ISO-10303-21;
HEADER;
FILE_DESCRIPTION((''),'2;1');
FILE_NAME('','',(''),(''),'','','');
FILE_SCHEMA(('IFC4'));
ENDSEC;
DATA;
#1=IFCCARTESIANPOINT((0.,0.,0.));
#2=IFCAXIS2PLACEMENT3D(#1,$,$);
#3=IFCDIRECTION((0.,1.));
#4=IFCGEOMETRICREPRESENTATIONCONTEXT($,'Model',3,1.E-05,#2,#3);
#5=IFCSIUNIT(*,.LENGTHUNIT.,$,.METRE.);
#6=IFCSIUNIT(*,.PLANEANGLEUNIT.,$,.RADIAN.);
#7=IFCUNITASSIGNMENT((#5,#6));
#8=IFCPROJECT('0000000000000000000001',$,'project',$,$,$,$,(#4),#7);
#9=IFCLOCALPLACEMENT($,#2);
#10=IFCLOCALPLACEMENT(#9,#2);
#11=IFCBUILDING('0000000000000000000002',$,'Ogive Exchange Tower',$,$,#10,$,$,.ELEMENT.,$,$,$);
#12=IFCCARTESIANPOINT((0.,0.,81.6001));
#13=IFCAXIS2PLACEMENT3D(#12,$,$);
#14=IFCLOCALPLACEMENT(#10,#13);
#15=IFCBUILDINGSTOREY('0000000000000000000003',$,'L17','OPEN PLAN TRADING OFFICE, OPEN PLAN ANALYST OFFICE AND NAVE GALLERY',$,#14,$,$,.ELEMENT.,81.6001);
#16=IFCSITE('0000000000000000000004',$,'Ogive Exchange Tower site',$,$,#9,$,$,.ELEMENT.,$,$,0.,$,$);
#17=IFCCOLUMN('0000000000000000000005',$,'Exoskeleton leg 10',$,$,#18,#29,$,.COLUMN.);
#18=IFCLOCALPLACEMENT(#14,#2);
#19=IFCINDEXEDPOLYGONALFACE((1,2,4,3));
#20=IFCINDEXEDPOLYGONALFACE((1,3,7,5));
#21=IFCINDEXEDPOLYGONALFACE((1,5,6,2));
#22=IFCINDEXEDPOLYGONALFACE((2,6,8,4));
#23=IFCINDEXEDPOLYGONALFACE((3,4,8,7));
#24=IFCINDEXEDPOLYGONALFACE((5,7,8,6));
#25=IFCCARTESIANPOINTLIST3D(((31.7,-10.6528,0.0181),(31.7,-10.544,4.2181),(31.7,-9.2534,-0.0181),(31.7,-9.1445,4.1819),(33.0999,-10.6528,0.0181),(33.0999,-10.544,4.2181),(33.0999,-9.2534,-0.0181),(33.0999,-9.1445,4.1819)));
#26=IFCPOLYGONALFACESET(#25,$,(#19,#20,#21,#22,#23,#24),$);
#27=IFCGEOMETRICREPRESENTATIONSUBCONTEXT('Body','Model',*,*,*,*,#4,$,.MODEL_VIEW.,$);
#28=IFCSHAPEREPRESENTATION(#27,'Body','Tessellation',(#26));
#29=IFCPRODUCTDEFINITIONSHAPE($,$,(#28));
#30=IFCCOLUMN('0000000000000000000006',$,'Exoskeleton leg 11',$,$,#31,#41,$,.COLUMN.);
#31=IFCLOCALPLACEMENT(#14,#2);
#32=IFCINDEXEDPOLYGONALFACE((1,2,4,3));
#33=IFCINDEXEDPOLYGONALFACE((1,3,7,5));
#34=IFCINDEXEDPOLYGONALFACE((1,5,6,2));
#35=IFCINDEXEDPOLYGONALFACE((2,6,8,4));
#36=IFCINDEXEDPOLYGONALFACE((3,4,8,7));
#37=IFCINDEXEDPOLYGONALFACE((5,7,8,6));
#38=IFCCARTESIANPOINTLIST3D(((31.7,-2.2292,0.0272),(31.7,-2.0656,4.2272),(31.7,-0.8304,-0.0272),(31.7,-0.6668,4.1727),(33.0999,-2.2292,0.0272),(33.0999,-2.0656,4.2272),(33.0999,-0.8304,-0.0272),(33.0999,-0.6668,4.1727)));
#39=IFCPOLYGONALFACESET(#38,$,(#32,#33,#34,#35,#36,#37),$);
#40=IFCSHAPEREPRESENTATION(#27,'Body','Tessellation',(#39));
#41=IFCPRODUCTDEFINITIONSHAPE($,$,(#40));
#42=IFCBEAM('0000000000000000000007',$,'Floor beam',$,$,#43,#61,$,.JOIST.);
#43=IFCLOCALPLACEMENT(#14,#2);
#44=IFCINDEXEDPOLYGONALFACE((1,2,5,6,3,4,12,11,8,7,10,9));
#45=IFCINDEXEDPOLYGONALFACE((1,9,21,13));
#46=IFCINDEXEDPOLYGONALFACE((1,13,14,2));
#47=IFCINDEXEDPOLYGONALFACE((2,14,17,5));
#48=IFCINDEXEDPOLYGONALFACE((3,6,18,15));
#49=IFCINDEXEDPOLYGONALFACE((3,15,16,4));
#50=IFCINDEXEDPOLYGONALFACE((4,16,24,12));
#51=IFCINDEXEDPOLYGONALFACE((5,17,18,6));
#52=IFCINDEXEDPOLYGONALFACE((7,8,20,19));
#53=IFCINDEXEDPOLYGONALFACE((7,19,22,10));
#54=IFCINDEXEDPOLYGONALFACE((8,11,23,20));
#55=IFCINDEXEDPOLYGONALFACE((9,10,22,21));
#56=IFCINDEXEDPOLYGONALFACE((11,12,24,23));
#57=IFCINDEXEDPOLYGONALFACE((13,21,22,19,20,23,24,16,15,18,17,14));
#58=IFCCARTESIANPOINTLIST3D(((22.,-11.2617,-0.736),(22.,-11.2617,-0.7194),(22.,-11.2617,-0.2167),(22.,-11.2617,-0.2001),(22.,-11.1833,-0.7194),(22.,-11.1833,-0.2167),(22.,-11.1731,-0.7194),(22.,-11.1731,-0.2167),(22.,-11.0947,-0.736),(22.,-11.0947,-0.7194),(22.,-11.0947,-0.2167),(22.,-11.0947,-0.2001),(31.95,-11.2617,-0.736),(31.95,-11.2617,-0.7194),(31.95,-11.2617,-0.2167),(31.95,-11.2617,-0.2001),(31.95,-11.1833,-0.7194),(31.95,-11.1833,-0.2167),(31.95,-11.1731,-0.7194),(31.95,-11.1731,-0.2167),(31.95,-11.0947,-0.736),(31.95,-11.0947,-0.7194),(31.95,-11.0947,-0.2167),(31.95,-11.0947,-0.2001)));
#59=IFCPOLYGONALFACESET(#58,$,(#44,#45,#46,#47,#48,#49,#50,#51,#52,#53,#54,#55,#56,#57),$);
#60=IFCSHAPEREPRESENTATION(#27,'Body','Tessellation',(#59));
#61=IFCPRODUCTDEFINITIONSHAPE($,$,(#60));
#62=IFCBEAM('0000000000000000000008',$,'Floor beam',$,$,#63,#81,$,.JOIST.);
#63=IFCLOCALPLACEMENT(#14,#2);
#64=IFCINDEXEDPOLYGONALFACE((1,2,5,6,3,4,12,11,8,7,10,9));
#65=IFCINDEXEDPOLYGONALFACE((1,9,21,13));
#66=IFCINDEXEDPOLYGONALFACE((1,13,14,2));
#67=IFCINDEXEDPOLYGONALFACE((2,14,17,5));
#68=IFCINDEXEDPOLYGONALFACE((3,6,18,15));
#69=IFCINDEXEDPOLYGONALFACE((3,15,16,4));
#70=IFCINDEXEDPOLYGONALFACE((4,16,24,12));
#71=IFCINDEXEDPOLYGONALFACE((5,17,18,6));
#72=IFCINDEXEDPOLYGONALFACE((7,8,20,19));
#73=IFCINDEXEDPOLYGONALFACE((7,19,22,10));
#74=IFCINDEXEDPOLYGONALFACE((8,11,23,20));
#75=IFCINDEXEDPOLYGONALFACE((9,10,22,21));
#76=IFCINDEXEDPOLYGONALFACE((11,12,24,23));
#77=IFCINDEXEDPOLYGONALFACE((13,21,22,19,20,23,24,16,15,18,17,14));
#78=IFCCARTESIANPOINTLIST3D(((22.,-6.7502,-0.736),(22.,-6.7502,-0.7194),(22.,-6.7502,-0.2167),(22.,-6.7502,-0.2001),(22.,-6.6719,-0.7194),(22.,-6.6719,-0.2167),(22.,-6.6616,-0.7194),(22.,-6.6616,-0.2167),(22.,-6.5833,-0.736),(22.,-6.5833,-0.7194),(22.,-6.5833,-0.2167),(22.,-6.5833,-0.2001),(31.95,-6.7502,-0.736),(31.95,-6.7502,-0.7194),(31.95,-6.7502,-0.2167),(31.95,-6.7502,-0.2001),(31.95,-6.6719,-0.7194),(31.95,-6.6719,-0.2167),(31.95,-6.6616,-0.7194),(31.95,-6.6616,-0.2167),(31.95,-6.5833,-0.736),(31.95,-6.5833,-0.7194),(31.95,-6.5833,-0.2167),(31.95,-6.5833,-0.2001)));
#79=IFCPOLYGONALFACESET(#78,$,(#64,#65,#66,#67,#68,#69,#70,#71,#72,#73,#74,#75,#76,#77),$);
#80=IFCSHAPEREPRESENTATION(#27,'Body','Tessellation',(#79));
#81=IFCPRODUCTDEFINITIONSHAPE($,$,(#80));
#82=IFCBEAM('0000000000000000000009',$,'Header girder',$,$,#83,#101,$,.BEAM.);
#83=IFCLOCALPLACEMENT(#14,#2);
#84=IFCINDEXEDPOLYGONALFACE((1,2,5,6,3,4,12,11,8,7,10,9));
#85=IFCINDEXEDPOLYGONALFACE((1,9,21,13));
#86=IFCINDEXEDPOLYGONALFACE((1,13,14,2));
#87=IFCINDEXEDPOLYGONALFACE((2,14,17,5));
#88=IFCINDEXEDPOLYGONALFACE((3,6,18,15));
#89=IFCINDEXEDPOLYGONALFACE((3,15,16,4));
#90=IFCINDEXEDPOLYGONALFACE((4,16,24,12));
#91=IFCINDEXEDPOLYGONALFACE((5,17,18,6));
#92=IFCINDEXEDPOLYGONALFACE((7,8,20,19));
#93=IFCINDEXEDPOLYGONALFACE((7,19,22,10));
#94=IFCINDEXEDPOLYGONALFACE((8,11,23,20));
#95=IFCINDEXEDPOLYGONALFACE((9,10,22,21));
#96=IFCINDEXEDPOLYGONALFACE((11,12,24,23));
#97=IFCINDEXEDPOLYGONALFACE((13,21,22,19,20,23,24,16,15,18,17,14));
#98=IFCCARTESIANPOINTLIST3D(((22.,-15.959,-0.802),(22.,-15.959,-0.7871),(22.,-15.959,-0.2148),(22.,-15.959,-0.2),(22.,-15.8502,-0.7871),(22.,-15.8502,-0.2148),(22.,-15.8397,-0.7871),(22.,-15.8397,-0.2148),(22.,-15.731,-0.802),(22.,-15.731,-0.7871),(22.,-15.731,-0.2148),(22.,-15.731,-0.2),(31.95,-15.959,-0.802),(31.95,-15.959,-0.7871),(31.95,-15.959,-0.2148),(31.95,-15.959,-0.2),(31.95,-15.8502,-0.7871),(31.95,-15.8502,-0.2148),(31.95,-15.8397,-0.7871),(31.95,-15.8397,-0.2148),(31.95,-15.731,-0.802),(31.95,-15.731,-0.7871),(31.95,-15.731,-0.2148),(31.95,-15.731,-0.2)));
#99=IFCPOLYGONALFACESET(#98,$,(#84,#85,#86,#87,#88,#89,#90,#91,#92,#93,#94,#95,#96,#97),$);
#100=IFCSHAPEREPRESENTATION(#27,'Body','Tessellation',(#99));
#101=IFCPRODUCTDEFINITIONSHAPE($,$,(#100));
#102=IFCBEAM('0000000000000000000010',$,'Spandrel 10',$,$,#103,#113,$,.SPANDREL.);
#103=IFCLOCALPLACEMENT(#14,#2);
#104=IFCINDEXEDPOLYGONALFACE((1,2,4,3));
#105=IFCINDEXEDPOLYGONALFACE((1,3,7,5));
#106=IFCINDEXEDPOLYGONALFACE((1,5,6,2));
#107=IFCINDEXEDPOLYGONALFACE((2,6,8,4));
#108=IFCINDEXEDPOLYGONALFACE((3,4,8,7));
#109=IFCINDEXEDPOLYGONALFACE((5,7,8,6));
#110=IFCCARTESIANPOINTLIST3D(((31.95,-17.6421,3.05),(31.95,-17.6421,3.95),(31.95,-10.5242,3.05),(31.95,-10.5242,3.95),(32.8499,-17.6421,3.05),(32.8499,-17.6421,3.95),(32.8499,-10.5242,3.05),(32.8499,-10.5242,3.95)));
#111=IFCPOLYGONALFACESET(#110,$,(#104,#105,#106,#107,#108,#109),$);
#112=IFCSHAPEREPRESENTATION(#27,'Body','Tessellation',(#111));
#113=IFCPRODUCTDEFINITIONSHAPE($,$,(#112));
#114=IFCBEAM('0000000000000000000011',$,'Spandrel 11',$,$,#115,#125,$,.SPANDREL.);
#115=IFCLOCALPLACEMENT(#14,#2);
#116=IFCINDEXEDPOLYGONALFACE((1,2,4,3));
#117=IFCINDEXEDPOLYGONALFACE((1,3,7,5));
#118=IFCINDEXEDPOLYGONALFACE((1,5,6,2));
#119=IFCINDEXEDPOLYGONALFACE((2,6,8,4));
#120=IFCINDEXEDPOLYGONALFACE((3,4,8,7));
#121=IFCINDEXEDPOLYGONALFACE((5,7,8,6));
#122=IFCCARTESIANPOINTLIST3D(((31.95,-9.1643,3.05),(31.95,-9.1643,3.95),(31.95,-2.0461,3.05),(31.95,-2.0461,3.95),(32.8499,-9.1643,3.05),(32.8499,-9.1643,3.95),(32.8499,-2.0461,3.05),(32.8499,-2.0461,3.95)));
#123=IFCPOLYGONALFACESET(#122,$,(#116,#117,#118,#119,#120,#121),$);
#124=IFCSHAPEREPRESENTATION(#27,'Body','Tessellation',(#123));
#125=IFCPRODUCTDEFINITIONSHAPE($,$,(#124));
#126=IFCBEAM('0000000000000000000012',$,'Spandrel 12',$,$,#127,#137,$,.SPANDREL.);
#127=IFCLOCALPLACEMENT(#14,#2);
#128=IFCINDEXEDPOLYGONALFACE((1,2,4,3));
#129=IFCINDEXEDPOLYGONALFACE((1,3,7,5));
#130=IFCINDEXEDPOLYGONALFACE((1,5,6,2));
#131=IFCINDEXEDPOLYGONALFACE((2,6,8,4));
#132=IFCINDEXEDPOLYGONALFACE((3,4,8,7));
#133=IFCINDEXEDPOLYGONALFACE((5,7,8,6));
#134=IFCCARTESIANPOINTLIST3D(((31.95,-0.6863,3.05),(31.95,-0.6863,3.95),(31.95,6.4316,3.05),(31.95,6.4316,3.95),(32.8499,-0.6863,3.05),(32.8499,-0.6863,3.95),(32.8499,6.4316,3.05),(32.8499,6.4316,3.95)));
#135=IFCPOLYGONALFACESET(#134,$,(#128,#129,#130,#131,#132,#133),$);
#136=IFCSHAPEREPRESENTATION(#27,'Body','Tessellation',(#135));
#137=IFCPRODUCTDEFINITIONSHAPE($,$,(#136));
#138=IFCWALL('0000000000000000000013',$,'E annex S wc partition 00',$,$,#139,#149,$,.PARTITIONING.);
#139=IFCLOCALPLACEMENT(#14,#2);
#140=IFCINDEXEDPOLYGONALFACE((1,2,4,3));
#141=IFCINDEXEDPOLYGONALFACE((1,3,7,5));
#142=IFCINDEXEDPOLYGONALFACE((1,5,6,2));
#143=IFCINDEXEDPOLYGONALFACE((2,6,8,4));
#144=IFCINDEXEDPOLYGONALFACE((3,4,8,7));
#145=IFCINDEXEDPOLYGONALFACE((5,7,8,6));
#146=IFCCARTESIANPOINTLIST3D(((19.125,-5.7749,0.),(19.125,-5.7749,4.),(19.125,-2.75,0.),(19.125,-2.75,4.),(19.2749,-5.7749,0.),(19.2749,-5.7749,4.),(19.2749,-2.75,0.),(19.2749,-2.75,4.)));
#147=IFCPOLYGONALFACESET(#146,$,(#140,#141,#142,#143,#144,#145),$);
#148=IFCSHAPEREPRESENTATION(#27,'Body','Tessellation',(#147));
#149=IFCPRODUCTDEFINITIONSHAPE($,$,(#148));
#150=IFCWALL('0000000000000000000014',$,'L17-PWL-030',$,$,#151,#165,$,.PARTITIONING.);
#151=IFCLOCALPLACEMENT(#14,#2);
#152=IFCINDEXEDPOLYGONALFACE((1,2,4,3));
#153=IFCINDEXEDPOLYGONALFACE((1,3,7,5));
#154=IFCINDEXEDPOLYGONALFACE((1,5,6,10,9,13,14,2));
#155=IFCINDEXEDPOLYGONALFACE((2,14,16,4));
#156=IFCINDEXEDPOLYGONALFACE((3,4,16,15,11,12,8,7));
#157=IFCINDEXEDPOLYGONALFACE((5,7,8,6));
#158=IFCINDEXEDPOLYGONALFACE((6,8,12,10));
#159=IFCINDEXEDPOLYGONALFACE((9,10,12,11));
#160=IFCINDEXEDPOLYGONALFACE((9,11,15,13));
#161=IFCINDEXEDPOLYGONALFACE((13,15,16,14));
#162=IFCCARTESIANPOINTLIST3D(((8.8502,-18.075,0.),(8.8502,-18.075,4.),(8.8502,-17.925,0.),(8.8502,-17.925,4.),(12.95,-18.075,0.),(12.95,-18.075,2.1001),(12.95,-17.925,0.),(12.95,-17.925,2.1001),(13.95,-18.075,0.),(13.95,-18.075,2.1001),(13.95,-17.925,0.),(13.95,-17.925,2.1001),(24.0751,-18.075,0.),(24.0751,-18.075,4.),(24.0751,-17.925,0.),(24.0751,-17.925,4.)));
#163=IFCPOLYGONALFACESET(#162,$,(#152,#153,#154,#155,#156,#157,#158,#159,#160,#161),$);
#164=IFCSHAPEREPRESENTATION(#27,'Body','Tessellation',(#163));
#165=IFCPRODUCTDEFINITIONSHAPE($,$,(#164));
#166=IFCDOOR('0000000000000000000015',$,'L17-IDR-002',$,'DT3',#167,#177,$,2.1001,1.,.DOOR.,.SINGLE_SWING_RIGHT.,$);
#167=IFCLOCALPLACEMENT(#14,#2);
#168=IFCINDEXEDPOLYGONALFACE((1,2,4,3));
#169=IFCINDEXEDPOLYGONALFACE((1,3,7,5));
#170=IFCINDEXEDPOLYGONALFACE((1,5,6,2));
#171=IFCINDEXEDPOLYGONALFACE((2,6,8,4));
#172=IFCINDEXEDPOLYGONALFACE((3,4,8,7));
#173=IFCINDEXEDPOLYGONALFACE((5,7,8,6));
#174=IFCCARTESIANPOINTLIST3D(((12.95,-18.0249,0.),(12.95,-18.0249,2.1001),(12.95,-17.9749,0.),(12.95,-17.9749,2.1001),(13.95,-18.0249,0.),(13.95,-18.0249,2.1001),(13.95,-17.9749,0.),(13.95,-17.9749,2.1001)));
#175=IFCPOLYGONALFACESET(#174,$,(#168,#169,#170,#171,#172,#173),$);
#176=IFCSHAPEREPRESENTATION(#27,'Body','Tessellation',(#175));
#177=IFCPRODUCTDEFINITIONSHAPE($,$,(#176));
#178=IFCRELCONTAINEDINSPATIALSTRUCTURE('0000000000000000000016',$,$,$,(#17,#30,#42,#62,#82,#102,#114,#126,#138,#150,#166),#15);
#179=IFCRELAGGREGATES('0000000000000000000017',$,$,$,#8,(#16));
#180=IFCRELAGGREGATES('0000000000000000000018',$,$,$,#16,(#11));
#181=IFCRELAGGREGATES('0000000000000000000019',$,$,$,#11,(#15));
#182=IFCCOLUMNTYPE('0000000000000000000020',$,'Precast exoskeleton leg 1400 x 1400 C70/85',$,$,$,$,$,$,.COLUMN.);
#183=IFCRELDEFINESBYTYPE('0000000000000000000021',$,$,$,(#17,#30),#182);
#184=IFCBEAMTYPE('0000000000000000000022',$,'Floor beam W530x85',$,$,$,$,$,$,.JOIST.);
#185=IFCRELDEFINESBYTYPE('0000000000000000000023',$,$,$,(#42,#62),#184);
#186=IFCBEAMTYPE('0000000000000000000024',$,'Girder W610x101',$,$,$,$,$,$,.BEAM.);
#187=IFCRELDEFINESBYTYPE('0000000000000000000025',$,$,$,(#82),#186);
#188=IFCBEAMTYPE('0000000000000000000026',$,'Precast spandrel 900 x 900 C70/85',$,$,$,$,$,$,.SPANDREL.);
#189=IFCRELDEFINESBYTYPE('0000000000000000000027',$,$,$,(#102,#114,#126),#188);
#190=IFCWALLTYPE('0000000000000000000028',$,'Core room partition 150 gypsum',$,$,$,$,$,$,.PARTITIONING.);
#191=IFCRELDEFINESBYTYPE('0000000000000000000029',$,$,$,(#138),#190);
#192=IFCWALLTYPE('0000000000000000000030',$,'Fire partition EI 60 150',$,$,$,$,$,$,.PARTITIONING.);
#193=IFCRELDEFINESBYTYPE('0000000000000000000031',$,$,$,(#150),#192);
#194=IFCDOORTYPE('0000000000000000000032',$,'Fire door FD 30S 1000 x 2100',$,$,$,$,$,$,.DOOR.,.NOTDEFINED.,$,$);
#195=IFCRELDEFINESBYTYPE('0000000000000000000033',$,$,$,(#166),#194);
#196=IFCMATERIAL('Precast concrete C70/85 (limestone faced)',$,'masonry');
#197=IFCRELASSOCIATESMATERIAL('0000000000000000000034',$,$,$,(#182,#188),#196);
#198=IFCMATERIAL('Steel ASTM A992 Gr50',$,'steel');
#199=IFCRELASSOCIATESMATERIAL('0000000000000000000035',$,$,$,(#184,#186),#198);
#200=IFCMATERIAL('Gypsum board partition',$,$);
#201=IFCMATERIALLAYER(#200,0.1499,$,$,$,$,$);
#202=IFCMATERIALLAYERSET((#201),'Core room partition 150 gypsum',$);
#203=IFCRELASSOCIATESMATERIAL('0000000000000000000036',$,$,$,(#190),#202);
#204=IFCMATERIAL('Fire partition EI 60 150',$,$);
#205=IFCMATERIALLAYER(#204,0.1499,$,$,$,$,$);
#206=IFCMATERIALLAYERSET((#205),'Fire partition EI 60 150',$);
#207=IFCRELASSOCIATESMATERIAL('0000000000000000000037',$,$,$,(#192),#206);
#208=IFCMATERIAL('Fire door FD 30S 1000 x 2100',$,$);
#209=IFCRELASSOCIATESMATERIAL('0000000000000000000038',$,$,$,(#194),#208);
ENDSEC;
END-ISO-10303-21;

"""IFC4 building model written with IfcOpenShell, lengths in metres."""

from ifc_helpers import new_model, si_unit, direction, frame, frame_2d, origin, origin_2d, place, context, subcontext, project, spatial, rectangle, i_section, extrude, material, layer, layer_set, material_profile, profile_set, type_object, element, fill, save


model = new_model("IFC4")

# Units and contexts
model_context = context("Model", 3, precision=1e-05, world=origin(), true_north=direction((0.0, 1.0)))
body_context = subcontext(model_context, "Body", "Model", "MODEL_VIEW")
ifc_project = project(units=[si_unit("LENGTHUNIT", "METRE"), si_unit("PLANEANGLEUNIT", "RADIAN")], contexts=[model_context])

# Site, building, storey
site_placement = place(None, origin())
site = spatial("IfcSite", under=ifc_project, at=site_placement, Name="Ogive Exchange Tower site", CompositionType="ELEMENT", RefElevation=0.0)
building_placement = place(site_placement, origin())
building = spatial("IfcBuilding", under=site, at=building_placement, Name="Ogive Exchange Tower", CompositionType="ELEMENT")
storey_placement = place(building_placement, frame((0.0, 0.0, 81.6001)))
storey = spatial("IfcBuildingStorey", under=building, at=storey_placement, Name="L17", Description="OPEN PLAN TRADING OFFICE, OPEN PLAN ANALYST OFFICE AND NAVE GALLERY", CompositionType="ELEMENT", Elevation=81.6001)

# Columns
ifc_material_1 = material(Name="Precast concrete C70/85 (limestone faced)", Category="masonry")
ifc_material_profile_1 = material_profile(ifc_material_1, rectangle(XDim=1.3999, YDim=1.3999, at=origin_2d()), Name="1400 x 1400")
ifc_profile_set_1 = profile_set([ifc_material_profile_1], Name="Precast concrete C70/85 (limestone faced)")
column_type = type_object("IfcColumnType", Name="Precast exoskeleton leg 1400 x 1400 C70/85", PredefinedType="COLUMN", material=ifc_profile_set_1)
column_1_placement = place(storey_placement, frame((32.3999, -9.9531, 0.0), z_axis=(0.0, 0.025917, 0.999664), x_axis=(-1.0, 0.0, 0.0)))
element("IfcColumn", 1, at=column_1_placement, inside=storey, type_object=column_type, Name="Exoskeleton leg 10", PredefinedType="COLUMN", context=body_context, shape_type="SweptSolid", body=[
    extrude(rectangle(XDim=1.3999, YDim=1.3999, at=origin_2d()), origin(), (0.0, 0.0, 1.0), 4.2014),
])
column_2_placement = place(storey_placement, frame((32.3999, -1.5298, 0.0), z_axis=(0.0, 0.038917, 0.999242), x_axis=(-1.0, 0.0, 0.0)))
element("IfcColumn", 2, at=column_2_placement, inside=storey, type_object=column_type, Name="Exoskeleton leg 11", PredefinedType="COLUMN", context=body_context, shape_type="SweptSolid", body=[
    extrude(rectangle(XDim=1.3999, YDim=1.3999, at=origin_2d()), origin(), (0.0, 0.0, 1.0), 4.2031),
])

# Beams
ifc_material_2 = material(Name="Steel ASTM A992 Gr50", Category="steel")
ifc_material_profile_2 = material_profile(ifc_material_2, i_section(OverallWidth=0.167, OverallDepth=0.5359, WebThickness=0.0103, FlangeThickness=0.0166, at=origin_2d()), Name="W530x85")
ifc_profile_set_2 = profile_set([ifc_material_profile_2], Name="Steel ASTM A992 Gr50")
beam_type_1 = type_object("IfcBeamType", Name="Floor beam W530x85", PredefinedType="JOIST", material=ifc_profile_set_2)
for number, where, z_axis, x_axis, name in (
    (3, (22.0, -11.1782, -0.468), (1.0, 0.0, 0.0), (0.0, 1.0, 0.0), "Floor beam"),
    (4, (22.0, -6.6667, -0.468), (1.0, 0.0, 0.0), (0.0, 1.0, 0.0), "Floor beam"),
):
    element("IfcBeam", number, at=place(storey_placement, frame(where, z_axis=z_axis, x_axis=x_axis)), inside=storey, type_object=beam_type_1, Name=name, PredefinedType="JOIST", context=body_context, shape_type="SweptSolid", body=[
        extrude(i_section(OverallWidth=0.167, OverallDepth=0.5359, WebThickness=0.0103, FlangeThickness=0.0166, at=origin_2d()), origin(), (0.0, 0.0, 1.0), 9.95),
    ])
ifc_material_profile_3 = material_profile(ifc_material_2, i_section(OverallWidth=0.228, OverallDepth=0.6021, WebThickness=0.0105, FlangeThickness=0.0149, at=origin_2d()), Name="W610x101")
ifc_profile_set_3 = profile_set([ifc_material_profile_3], Name="Steel ASTM A992 Gr50")
beam_type_2 = type_object("IfcBeamType", Name="Girder W610x101", PredefinedType="BEAM", material=ifc_profile_set_3)
beam_1_placement = place(storey_placement, frame((22.0, -15.845, -0.501), z_axis=(1.0, 0.0, 0.0), x_axis=(0.0, 1.0, 0.0)))
element("IfcBeam", 5, at=beam_1_placement, inside=storey, type_object=beam_type_2, Name="Header girder", PredefinedType="BEAM", context=body_context, shape_type="SweptSolid", body=[
    extrude(i_section(OverallWidth=0.228, OverallDepth=0.6021, WebThickness=0.0105, FlangeThickness=0.0149, at=origin_2d()), origin(), (0.0, 0.0, 1.0), 9.95),
])
ifc_material_profile_4 = material_profile(ifc_material_1, rectangle(XDim=0.8999, YDim=0.8999, at=origin_2d()), Name="900 x 900")
ifc_profile_set_4 = profile_set([ifc_material_profile_4], Name="Precast concrete C70/85 (limestone faced)")
beam_type_3 = type_object("IfcBeamType", Name="Precast spandrel 900 x 900 C70/85", PredefinedType="SPANDREL", material=ifc_profile_set_4)
beam_2_placement = place(storey_placement, frame((32.3999, -17.6421, 3.5), z_axis=(0.0, 1.0, 0.0), x_axis=(-1.0, 0.0, 0.0)))
element("IfcBeam", 6, at=beam_2_placement, inside=storey, type_object=beam_type_3, Name="Spandrel 10", PredefinedType="SPANDREL", context=body_context, shape_type="SweptSolid", body=[
    extrude(rectangle(XDim=0.8999, YDim=0.8999, at=origin_2d()), origin(), (0.0, 0.0, 1.0), 7.1179),
])
beam_3_placement = place(storey_placement, frame((32.3999, -9.1643, 3.5), z_axis=(0.0, 1.0, 0.0), x_axis=(-1.0, 0.0, 0.0)))
element("IfcBeam", 7, at=beam_3_placement, inside=storey, type_object=beam_type_3, Name="Spandrel 11", PredefinedType="SPANDREL", context=body_context, shape_type="SweptSolid", body=[
    extrude(rectangle(XDim=0.8999, YDim=0.8999, at=origin_2d()), origin(), (0.0, 0.0, 1.0), 7.1182),
])
beam_4_placement = place(storey_placement, frame((32.3999, -0.6863, 3.5), z_axis=(0.0, 1.0, 0.0), x_axis=(-1.0, 0.0, 0.0)))
element("IfcBeam", 8, at=beam_4_placement, inside=storey, type_object=beam_type_3, Name="Spandrel 12", PredefinedType="SPANDREL", context=body_context, shape_type="SweptSolid", body=[
    extrude(rectangle(XDim=0.8999, YDim=0.8999, at=origin_2d()), origin(), (0.0, 0.0, 1.0), 7.1179),
])

# Wall
ifc_material_3 = material(Name="Gypsum board partition")
ifc_layer_1 = layer(ifc_material_3, 0.1499)
ifc_layer_set_1 = layer_set([ifc_layer_1], Name="Core room partition 150 gypsum")
wall_type_1 = type_object("IfcWallType", Name="Core room partition 150 gypsum", PredefinedType="PARTITIONING", material=ifc_layer_set_1)
wall_1_placement = place(storey_placement, frame((19.2, -5.7749, 0.0), z_axis=(0.0, 0.0, 1.0), x_axis=(0.0, 1.0, 0.0)))
element("IfcWall", 9, at=wall_1_placement, inside=storey, type_object=wall_type_1, Name="E annex S wc partition 00", PredefinedType="PARTITIONING", context=body_context, shape_type="SweptSolid", body=[
    extrude(rectangle(XDim=3.0249, YDim=0.1499, at=frame_2d((1.5125, 0.0))), origin(), (0.0, 0.0, 1.0), 4.0),
])

# Wall, opening, door
ifc_material_4 = material(Name="Fire partition EI 60 150")
ifc_layer_2 = layer(ifc_material_4, 0.1499)
ifc_layer_set_2 = layer_set([ifc_layer_2], Name="Fire partition EI 60 150")
wall_type_2 = type_object("IfcWallType", Name="Fire partition EI 60 150", PredefinedType="PARTITIONING", material=ifc_layer_set_2)
wall_2_placement = place(storey_placement, frame((24.075, -18.0, 0.0), z_axis=(0.0, 0.0, 1.0), x_axis=(-1.0, 0.0, 0.0)))
wall_2 = element("IfcWall", 10, at=wall_2_placement, inside=storey, type_object=wall_type_2, Name="L17-PWL-030", PredefinedType="PARTITIONING", context=body_context, shape_type="SweptSolid", body=[
    extrude(rectangle(XDim=15.2249, YDim=0.1499, at=frame_2d((7.6123, 0.0))), origin(), (0.0, 0.0, 1.0), 4.0),
])
opening_1_placement = place(wall_2_placement, frame((10.125, 0.0, 0.0)))
opening_1 = element("IfcOpeningElement", 11, at=opening_1_placement, cuts=wall_2, PredefinedType="OPENING", context=body_context, shape_type="SweptSolid", body=[
    extrude(rectangle(XDim=1.0, YDim=2.1001, at=frame_2d((0.5, 1.05))), frame((0.0, 0.085, 0.0), z_axis=(0.0, -1.0, 0.0), x_axis=(1.0, 0.0, 0.0)), (0.0, 0.0, 1.0), 0.1699),
])
ifc_material_5 = material(Name="Fire door FD 30S 1000 x 2100")
door_type_1 = type_object("IfcDoorType", Name="Fire door FD 30S 1000 x 2100", OperationType="NOTDEFINED", PredefinedType="DOOR", material=ifc_material_5)
door_1_placement = place(opening_1_placement, origin())
door_1 = element("IfcDoor", 12, at=door_1_placement, inside=storey, type_object=door_type_1, Name="L17-IDR-002", ObjectType="DT3", OperationType="SINGLE_SWING_RIGHT", OverallHeight=2.1001, OverallWidth=1.0, PredefinedType="DOOR", context=body_context, shape_type="SweptSolid", body=[
    extrude(rectangle(XDim=1.0, YDim=2.1001, at=frame_2d((0.5, 1.05))), frame((0.0, 0.0249, 0.0), z_axis=(0.0, -1.0, 0.0), x_axis=(1.0, 0.0, 0.0)), (0.0, 0.0, 1.0), 0.05),
])
fill(opening_1, door_1)

save(model, "model.ifc")
